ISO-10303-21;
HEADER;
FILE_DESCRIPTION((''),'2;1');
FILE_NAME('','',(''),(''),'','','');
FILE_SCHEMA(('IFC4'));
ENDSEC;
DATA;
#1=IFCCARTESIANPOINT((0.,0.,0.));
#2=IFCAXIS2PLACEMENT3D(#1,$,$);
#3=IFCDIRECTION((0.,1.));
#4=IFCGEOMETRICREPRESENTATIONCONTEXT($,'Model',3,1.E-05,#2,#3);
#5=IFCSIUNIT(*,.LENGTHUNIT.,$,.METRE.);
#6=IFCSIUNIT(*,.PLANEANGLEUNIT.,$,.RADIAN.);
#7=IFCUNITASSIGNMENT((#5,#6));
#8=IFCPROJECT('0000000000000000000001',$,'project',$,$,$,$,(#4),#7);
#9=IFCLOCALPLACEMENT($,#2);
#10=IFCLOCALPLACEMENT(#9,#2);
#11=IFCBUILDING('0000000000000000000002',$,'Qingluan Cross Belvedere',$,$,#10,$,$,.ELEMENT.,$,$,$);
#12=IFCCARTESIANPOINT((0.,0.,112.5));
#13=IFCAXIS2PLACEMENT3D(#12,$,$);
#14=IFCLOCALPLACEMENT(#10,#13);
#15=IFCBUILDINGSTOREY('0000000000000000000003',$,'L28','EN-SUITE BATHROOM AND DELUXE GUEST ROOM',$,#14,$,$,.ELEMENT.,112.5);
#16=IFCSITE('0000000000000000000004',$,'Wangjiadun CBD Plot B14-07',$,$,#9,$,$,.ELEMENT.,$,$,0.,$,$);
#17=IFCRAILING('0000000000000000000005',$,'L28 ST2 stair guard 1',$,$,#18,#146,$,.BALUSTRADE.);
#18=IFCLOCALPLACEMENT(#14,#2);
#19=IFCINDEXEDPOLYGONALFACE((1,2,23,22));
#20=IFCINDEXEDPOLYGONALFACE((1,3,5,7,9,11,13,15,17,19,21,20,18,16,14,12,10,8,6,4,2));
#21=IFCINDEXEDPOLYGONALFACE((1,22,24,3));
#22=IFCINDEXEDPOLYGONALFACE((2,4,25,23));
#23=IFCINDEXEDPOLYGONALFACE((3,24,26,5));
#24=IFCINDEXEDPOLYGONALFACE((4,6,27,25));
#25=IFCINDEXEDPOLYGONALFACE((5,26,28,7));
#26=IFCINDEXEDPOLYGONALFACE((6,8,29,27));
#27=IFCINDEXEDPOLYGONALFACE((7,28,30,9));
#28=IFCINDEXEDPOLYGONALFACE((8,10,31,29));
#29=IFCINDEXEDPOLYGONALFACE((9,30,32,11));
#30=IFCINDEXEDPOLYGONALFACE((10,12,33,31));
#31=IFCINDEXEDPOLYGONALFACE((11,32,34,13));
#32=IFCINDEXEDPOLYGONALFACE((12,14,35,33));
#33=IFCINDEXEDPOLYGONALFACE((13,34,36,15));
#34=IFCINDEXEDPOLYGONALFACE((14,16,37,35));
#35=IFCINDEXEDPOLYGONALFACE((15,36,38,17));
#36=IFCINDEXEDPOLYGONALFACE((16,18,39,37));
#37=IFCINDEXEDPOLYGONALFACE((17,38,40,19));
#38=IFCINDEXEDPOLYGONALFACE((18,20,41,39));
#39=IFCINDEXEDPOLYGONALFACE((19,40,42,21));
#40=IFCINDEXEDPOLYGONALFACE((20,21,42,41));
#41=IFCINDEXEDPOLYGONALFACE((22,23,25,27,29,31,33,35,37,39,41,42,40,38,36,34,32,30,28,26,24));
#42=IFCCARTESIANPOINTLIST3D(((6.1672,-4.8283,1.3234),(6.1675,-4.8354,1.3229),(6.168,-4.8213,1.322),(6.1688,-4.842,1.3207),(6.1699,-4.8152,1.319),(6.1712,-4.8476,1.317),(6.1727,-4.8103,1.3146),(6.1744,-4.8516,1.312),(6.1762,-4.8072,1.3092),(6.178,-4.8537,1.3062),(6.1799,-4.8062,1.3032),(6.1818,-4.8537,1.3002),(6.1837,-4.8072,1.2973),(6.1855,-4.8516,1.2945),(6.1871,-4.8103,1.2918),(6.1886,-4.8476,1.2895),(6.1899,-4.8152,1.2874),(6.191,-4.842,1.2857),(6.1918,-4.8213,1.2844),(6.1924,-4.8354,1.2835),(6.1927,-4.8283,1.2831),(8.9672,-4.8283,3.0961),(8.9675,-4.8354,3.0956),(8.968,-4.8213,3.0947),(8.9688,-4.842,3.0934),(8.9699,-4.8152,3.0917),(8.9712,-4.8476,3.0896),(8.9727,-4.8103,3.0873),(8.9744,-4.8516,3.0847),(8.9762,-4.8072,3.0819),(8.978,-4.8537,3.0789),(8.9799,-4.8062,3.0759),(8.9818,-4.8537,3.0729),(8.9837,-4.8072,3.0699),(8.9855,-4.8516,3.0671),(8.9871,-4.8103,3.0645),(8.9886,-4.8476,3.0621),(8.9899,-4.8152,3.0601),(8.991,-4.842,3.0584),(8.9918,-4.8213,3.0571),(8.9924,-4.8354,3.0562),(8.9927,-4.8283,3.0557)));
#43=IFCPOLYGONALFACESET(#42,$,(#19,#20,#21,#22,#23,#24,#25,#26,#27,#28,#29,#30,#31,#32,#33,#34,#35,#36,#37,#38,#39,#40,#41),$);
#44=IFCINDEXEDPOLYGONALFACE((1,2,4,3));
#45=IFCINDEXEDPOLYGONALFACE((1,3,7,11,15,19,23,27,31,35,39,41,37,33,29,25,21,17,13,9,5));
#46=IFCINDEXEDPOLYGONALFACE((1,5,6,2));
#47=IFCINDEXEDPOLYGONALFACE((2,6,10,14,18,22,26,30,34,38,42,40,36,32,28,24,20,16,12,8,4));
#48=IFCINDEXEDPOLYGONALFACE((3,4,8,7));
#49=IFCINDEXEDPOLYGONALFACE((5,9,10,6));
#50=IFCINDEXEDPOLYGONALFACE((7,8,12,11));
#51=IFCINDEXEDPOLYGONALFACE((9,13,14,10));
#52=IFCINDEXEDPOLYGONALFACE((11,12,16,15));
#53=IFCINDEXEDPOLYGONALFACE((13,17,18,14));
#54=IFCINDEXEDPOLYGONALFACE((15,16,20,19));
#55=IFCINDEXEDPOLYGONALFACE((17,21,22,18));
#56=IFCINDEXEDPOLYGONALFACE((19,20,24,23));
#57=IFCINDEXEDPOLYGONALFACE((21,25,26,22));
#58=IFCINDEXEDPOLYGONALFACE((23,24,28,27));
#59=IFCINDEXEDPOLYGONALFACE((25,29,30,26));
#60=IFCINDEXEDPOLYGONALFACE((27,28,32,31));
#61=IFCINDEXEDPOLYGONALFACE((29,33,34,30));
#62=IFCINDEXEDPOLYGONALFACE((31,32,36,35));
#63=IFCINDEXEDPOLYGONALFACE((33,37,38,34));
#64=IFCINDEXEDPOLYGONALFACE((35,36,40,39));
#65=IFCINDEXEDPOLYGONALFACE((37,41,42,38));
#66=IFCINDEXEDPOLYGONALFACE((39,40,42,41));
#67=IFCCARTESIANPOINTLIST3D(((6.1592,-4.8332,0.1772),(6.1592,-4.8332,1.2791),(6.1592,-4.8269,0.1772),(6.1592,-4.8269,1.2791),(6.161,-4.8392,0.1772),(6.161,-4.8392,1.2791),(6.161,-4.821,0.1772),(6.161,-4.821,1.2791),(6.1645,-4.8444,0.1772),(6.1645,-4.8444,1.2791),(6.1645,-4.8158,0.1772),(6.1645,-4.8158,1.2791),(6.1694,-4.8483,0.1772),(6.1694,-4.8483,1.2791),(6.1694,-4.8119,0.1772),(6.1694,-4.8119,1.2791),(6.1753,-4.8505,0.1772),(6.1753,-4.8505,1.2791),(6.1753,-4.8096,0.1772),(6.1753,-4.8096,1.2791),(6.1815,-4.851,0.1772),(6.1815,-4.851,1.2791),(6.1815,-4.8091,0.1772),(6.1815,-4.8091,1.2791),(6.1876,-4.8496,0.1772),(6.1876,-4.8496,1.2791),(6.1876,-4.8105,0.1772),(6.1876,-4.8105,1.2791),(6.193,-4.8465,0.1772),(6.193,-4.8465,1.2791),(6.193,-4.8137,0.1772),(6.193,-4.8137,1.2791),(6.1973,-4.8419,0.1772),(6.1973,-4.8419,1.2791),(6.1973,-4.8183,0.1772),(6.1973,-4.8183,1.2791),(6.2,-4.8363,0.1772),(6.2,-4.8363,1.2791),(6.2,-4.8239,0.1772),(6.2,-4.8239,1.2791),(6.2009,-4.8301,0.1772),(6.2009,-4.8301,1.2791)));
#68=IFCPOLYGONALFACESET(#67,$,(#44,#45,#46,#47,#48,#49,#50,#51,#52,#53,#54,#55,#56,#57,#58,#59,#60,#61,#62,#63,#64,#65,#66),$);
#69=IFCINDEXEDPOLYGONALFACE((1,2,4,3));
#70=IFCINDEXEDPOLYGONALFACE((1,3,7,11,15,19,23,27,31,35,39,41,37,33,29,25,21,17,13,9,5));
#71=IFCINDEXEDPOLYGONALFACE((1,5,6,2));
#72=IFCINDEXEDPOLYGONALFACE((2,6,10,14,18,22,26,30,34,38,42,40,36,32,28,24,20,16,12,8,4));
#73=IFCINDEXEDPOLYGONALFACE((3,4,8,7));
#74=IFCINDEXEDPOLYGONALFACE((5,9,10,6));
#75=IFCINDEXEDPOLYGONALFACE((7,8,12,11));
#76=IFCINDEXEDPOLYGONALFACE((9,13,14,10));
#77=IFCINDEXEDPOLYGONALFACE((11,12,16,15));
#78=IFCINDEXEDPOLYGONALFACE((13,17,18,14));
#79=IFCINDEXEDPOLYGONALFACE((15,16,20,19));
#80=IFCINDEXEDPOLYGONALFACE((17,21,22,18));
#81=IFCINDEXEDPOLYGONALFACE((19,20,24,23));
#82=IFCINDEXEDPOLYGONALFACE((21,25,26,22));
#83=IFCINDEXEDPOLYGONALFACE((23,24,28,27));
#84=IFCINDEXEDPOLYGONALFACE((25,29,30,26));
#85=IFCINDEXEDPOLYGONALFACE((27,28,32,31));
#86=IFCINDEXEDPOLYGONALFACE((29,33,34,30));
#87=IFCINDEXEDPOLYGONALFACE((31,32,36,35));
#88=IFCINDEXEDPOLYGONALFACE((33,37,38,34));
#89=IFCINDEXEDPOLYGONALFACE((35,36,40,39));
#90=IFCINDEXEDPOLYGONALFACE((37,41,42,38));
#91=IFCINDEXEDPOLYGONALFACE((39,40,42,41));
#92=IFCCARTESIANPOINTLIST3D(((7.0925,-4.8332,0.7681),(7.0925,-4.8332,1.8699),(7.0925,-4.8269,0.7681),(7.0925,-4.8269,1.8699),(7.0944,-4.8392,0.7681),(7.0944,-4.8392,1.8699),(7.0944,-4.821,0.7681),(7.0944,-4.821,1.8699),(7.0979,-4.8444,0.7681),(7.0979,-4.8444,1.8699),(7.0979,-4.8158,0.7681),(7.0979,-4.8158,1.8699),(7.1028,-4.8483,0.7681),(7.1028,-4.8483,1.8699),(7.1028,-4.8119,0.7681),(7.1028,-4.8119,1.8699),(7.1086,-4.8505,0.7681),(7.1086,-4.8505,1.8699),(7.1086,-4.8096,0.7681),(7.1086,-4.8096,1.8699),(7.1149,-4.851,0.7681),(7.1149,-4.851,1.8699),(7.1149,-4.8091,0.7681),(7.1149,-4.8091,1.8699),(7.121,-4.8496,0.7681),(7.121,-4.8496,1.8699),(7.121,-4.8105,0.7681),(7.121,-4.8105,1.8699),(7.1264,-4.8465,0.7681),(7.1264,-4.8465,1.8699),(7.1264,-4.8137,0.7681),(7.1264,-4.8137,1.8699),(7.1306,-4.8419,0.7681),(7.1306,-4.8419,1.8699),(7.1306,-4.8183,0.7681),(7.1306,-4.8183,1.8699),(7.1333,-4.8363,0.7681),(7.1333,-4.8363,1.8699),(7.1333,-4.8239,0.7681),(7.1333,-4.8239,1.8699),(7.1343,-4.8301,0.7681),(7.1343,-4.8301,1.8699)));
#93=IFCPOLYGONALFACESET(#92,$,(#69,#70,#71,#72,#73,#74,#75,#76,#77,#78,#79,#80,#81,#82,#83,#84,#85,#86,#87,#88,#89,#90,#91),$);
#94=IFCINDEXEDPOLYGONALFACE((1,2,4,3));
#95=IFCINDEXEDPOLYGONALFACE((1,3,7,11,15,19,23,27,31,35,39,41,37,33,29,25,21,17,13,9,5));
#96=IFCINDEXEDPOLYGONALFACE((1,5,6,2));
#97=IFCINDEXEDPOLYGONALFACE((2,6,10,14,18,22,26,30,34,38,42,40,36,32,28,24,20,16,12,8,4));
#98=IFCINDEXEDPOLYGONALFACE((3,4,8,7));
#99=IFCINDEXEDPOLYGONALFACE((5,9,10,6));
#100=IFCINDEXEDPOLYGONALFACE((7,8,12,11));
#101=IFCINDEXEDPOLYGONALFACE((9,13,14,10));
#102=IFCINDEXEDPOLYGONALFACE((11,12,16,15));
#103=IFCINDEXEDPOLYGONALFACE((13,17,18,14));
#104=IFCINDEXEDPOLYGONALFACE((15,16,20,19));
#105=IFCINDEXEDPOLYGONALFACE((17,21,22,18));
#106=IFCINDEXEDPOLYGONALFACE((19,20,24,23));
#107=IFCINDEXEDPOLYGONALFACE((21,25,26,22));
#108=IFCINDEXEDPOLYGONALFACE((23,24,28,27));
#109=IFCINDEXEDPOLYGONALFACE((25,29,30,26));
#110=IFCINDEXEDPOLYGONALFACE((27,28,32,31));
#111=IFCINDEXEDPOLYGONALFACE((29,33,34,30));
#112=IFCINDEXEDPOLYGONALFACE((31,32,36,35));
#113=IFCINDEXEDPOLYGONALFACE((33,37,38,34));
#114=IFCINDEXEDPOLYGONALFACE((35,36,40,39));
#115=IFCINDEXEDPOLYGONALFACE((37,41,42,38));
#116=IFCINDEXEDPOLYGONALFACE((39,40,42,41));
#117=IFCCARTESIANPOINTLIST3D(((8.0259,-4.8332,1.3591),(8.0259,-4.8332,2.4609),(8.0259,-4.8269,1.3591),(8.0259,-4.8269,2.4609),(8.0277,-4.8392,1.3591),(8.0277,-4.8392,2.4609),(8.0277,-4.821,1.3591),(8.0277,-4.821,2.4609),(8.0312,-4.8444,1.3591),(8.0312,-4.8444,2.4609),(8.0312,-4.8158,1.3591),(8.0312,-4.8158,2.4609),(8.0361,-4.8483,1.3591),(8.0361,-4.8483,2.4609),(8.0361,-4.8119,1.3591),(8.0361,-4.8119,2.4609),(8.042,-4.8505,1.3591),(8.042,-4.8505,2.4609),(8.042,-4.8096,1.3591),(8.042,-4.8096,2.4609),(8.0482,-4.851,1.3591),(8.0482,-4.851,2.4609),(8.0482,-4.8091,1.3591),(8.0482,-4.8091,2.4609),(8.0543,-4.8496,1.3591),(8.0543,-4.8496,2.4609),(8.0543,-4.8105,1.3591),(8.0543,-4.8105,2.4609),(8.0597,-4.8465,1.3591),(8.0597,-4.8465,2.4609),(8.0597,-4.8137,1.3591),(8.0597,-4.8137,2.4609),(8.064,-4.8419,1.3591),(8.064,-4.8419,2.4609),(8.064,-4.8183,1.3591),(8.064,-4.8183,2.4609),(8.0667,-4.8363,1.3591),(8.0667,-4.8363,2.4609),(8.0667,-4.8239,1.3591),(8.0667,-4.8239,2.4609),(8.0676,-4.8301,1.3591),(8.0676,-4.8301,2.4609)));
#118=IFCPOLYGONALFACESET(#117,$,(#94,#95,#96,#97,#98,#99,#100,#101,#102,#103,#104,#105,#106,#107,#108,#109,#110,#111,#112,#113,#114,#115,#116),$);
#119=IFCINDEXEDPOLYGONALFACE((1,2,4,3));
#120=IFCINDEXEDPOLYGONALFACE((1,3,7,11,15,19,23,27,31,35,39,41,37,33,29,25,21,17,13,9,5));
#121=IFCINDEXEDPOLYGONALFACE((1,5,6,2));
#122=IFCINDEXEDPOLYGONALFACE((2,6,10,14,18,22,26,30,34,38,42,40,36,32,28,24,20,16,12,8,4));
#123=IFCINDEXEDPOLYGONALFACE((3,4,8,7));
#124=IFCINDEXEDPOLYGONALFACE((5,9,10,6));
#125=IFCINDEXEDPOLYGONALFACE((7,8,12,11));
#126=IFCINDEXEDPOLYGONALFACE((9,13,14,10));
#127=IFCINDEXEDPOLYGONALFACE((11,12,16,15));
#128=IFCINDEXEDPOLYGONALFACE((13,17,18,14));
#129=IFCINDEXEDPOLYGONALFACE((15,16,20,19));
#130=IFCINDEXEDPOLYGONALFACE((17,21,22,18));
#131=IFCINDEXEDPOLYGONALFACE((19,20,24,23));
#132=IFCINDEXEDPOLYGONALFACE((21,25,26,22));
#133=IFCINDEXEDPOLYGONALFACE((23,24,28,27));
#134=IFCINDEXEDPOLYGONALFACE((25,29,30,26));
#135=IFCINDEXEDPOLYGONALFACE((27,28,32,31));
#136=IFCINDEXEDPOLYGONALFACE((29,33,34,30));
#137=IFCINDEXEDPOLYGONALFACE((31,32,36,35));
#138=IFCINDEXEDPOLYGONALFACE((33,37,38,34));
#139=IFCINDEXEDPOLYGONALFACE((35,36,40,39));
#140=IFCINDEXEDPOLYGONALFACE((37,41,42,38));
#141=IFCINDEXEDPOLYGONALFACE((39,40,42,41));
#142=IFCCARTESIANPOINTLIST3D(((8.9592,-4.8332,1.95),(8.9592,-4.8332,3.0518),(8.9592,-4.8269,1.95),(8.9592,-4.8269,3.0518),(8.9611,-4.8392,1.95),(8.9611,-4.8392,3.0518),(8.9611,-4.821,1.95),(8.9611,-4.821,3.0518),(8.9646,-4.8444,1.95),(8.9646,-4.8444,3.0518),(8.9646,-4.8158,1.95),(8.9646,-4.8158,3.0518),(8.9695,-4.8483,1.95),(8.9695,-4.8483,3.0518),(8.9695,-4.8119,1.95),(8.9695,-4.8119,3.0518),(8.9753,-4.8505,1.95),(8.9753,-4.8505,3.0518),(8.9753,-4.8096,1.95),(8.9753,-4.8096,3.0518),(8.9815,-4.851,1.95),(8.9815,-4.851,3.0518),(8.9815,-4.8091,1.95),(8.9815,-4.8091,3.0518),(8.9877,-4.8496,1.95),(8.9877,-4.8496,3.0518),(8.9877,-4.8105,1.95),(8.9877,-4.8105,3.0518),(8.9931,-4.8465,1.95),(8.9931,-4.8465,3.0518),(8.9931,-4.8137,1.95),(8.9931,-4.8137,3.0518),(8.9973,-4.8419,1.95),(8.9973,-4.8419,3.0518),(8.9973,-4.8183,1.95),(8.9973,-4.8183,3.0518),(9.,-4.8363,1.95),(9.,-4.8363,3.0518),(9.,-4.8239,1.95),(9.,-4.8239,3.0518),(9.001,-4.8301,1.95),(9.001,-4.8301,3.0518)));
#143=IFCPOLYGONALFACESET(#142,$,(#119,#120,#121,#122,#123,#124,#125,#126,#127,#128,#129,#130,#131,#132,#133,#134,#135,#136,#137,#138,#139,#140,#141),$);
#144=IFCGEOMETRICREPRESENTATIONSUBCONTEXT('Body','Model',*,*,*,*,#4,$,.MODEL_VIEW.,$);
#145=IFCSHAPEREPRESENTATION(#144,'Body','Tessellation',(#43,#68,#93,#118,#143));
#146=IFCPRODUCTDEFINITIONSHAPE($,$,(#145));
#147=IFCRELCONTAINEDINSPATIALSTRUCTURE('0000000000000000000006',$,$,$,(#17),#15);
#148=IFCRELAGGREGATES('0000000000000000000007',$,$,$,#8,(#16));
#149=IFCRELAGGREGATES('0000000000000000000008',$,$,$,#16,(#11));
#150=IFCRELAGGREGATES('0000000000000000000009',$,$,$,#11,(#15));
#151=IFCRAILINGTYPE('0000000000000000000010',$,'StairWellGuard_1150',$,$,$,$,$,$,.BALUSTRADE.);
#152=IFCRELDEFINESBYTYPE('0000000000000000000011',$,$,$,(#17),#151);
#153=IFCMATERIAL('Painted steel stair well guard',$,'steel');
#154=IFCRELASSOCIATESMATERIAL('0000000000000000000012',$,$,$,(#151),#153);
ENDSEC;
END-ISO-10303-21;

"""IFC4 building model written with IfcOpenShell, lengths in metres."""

from ifc_helpers import new_model, si_unit, direction, frame, origin, origin_2d, place, context, subcontext, project, spatial, circle, extrude, material, type_object, element, save


model = new_model("IFC4")

# Units and contexts
model_context = context("Model", 3, precision=1e-05, world=origin(), true_north=direction((0.0, 1.0)))
body_context = subcontext(model_context, "Body", "Model", "MODEL_VIEW")
ifc_project = project(units=[si_unit("LENGTHUNIT", "METRE"), si_unit("PLANEANGLEUNIT", "RADIAN")], contexts=[model_context])

# Site, building, storey
site_placement = place(None, origin())
site = spatial("IfcSite", under=ifc_project, at=site_placement, Name="Wangjiadun CBD Plot B14-07", CompositionType="ELEMENT", RefElevation=0.0)
building_placement = place(site_placement, origin())
building = spatial("IfcBuilding", under=site, at=building_placement, Name="Qingluan Cross Belvedere", CompositionType="ELEMENT")
storey_placement = place(building_placement, frame((0.0, 0.0, 112.5)))
storey = spatial("IfcBuildingStorey", under=building, at=storey_placement, Name="L28", Description="EN-SUITE BATHROOM AND DELUXE GUEST ROOM", CompositionType="ELEMENT", Elevation=112.5)

# Railing
ifc_material_1 = material(Name="Painted steel stair well guard", Category="steel")
railing_type_1 = type_object("IfcRailingType", Name="StairWellGuard_1150", PredefinedType="BALUSTRADE", material=ifc_material_1)
railing_1_placement = place(storey_placement, frame((6.1799, -4.8301, 0.1772)))
element("IfcRailing", 1, at=railing_1_placement, inside=storey, type_object=railing_type_1, Name="L28 ST2 stair guard 1", PredefinedType="BALUSTRADE", context=body_context, shape_type="SweptSolid", body=[
    extrude(circle(Radius=0.0239, at=origin_2d()), frame((0.0, 0.0, 1.126), z_axis=(0.844909, 0.0, 0.53491), x_axis=(0.0, 1.0, 0.0)), (0.0, 0.0, 1.0), 3.314),
    extrude(circle(Radius=0.021, at=origin_2d()), origin(), (0.0, 0.0, 1.0), 1.1018),
    extrude(circle(Radius=0.021, at=origin_2d()), frame((0.9333, 0.0, 0.5908)), (0.0, 0.0, 1.0), 1.1018),
    extrude(circle(Radius=0.021, at=origin_2d()), frame((1.8667, 0.0, 1.1819)), (0.0, 0.0, 1.0), 1.1018),
    extrude(circle(Radius=0.021, at=origin_2d()), frame((2.8, 0.0, 1.7727)), (0.0, 0.0, 1.0), 1.1018),
])

save(model, "model.ifc")
